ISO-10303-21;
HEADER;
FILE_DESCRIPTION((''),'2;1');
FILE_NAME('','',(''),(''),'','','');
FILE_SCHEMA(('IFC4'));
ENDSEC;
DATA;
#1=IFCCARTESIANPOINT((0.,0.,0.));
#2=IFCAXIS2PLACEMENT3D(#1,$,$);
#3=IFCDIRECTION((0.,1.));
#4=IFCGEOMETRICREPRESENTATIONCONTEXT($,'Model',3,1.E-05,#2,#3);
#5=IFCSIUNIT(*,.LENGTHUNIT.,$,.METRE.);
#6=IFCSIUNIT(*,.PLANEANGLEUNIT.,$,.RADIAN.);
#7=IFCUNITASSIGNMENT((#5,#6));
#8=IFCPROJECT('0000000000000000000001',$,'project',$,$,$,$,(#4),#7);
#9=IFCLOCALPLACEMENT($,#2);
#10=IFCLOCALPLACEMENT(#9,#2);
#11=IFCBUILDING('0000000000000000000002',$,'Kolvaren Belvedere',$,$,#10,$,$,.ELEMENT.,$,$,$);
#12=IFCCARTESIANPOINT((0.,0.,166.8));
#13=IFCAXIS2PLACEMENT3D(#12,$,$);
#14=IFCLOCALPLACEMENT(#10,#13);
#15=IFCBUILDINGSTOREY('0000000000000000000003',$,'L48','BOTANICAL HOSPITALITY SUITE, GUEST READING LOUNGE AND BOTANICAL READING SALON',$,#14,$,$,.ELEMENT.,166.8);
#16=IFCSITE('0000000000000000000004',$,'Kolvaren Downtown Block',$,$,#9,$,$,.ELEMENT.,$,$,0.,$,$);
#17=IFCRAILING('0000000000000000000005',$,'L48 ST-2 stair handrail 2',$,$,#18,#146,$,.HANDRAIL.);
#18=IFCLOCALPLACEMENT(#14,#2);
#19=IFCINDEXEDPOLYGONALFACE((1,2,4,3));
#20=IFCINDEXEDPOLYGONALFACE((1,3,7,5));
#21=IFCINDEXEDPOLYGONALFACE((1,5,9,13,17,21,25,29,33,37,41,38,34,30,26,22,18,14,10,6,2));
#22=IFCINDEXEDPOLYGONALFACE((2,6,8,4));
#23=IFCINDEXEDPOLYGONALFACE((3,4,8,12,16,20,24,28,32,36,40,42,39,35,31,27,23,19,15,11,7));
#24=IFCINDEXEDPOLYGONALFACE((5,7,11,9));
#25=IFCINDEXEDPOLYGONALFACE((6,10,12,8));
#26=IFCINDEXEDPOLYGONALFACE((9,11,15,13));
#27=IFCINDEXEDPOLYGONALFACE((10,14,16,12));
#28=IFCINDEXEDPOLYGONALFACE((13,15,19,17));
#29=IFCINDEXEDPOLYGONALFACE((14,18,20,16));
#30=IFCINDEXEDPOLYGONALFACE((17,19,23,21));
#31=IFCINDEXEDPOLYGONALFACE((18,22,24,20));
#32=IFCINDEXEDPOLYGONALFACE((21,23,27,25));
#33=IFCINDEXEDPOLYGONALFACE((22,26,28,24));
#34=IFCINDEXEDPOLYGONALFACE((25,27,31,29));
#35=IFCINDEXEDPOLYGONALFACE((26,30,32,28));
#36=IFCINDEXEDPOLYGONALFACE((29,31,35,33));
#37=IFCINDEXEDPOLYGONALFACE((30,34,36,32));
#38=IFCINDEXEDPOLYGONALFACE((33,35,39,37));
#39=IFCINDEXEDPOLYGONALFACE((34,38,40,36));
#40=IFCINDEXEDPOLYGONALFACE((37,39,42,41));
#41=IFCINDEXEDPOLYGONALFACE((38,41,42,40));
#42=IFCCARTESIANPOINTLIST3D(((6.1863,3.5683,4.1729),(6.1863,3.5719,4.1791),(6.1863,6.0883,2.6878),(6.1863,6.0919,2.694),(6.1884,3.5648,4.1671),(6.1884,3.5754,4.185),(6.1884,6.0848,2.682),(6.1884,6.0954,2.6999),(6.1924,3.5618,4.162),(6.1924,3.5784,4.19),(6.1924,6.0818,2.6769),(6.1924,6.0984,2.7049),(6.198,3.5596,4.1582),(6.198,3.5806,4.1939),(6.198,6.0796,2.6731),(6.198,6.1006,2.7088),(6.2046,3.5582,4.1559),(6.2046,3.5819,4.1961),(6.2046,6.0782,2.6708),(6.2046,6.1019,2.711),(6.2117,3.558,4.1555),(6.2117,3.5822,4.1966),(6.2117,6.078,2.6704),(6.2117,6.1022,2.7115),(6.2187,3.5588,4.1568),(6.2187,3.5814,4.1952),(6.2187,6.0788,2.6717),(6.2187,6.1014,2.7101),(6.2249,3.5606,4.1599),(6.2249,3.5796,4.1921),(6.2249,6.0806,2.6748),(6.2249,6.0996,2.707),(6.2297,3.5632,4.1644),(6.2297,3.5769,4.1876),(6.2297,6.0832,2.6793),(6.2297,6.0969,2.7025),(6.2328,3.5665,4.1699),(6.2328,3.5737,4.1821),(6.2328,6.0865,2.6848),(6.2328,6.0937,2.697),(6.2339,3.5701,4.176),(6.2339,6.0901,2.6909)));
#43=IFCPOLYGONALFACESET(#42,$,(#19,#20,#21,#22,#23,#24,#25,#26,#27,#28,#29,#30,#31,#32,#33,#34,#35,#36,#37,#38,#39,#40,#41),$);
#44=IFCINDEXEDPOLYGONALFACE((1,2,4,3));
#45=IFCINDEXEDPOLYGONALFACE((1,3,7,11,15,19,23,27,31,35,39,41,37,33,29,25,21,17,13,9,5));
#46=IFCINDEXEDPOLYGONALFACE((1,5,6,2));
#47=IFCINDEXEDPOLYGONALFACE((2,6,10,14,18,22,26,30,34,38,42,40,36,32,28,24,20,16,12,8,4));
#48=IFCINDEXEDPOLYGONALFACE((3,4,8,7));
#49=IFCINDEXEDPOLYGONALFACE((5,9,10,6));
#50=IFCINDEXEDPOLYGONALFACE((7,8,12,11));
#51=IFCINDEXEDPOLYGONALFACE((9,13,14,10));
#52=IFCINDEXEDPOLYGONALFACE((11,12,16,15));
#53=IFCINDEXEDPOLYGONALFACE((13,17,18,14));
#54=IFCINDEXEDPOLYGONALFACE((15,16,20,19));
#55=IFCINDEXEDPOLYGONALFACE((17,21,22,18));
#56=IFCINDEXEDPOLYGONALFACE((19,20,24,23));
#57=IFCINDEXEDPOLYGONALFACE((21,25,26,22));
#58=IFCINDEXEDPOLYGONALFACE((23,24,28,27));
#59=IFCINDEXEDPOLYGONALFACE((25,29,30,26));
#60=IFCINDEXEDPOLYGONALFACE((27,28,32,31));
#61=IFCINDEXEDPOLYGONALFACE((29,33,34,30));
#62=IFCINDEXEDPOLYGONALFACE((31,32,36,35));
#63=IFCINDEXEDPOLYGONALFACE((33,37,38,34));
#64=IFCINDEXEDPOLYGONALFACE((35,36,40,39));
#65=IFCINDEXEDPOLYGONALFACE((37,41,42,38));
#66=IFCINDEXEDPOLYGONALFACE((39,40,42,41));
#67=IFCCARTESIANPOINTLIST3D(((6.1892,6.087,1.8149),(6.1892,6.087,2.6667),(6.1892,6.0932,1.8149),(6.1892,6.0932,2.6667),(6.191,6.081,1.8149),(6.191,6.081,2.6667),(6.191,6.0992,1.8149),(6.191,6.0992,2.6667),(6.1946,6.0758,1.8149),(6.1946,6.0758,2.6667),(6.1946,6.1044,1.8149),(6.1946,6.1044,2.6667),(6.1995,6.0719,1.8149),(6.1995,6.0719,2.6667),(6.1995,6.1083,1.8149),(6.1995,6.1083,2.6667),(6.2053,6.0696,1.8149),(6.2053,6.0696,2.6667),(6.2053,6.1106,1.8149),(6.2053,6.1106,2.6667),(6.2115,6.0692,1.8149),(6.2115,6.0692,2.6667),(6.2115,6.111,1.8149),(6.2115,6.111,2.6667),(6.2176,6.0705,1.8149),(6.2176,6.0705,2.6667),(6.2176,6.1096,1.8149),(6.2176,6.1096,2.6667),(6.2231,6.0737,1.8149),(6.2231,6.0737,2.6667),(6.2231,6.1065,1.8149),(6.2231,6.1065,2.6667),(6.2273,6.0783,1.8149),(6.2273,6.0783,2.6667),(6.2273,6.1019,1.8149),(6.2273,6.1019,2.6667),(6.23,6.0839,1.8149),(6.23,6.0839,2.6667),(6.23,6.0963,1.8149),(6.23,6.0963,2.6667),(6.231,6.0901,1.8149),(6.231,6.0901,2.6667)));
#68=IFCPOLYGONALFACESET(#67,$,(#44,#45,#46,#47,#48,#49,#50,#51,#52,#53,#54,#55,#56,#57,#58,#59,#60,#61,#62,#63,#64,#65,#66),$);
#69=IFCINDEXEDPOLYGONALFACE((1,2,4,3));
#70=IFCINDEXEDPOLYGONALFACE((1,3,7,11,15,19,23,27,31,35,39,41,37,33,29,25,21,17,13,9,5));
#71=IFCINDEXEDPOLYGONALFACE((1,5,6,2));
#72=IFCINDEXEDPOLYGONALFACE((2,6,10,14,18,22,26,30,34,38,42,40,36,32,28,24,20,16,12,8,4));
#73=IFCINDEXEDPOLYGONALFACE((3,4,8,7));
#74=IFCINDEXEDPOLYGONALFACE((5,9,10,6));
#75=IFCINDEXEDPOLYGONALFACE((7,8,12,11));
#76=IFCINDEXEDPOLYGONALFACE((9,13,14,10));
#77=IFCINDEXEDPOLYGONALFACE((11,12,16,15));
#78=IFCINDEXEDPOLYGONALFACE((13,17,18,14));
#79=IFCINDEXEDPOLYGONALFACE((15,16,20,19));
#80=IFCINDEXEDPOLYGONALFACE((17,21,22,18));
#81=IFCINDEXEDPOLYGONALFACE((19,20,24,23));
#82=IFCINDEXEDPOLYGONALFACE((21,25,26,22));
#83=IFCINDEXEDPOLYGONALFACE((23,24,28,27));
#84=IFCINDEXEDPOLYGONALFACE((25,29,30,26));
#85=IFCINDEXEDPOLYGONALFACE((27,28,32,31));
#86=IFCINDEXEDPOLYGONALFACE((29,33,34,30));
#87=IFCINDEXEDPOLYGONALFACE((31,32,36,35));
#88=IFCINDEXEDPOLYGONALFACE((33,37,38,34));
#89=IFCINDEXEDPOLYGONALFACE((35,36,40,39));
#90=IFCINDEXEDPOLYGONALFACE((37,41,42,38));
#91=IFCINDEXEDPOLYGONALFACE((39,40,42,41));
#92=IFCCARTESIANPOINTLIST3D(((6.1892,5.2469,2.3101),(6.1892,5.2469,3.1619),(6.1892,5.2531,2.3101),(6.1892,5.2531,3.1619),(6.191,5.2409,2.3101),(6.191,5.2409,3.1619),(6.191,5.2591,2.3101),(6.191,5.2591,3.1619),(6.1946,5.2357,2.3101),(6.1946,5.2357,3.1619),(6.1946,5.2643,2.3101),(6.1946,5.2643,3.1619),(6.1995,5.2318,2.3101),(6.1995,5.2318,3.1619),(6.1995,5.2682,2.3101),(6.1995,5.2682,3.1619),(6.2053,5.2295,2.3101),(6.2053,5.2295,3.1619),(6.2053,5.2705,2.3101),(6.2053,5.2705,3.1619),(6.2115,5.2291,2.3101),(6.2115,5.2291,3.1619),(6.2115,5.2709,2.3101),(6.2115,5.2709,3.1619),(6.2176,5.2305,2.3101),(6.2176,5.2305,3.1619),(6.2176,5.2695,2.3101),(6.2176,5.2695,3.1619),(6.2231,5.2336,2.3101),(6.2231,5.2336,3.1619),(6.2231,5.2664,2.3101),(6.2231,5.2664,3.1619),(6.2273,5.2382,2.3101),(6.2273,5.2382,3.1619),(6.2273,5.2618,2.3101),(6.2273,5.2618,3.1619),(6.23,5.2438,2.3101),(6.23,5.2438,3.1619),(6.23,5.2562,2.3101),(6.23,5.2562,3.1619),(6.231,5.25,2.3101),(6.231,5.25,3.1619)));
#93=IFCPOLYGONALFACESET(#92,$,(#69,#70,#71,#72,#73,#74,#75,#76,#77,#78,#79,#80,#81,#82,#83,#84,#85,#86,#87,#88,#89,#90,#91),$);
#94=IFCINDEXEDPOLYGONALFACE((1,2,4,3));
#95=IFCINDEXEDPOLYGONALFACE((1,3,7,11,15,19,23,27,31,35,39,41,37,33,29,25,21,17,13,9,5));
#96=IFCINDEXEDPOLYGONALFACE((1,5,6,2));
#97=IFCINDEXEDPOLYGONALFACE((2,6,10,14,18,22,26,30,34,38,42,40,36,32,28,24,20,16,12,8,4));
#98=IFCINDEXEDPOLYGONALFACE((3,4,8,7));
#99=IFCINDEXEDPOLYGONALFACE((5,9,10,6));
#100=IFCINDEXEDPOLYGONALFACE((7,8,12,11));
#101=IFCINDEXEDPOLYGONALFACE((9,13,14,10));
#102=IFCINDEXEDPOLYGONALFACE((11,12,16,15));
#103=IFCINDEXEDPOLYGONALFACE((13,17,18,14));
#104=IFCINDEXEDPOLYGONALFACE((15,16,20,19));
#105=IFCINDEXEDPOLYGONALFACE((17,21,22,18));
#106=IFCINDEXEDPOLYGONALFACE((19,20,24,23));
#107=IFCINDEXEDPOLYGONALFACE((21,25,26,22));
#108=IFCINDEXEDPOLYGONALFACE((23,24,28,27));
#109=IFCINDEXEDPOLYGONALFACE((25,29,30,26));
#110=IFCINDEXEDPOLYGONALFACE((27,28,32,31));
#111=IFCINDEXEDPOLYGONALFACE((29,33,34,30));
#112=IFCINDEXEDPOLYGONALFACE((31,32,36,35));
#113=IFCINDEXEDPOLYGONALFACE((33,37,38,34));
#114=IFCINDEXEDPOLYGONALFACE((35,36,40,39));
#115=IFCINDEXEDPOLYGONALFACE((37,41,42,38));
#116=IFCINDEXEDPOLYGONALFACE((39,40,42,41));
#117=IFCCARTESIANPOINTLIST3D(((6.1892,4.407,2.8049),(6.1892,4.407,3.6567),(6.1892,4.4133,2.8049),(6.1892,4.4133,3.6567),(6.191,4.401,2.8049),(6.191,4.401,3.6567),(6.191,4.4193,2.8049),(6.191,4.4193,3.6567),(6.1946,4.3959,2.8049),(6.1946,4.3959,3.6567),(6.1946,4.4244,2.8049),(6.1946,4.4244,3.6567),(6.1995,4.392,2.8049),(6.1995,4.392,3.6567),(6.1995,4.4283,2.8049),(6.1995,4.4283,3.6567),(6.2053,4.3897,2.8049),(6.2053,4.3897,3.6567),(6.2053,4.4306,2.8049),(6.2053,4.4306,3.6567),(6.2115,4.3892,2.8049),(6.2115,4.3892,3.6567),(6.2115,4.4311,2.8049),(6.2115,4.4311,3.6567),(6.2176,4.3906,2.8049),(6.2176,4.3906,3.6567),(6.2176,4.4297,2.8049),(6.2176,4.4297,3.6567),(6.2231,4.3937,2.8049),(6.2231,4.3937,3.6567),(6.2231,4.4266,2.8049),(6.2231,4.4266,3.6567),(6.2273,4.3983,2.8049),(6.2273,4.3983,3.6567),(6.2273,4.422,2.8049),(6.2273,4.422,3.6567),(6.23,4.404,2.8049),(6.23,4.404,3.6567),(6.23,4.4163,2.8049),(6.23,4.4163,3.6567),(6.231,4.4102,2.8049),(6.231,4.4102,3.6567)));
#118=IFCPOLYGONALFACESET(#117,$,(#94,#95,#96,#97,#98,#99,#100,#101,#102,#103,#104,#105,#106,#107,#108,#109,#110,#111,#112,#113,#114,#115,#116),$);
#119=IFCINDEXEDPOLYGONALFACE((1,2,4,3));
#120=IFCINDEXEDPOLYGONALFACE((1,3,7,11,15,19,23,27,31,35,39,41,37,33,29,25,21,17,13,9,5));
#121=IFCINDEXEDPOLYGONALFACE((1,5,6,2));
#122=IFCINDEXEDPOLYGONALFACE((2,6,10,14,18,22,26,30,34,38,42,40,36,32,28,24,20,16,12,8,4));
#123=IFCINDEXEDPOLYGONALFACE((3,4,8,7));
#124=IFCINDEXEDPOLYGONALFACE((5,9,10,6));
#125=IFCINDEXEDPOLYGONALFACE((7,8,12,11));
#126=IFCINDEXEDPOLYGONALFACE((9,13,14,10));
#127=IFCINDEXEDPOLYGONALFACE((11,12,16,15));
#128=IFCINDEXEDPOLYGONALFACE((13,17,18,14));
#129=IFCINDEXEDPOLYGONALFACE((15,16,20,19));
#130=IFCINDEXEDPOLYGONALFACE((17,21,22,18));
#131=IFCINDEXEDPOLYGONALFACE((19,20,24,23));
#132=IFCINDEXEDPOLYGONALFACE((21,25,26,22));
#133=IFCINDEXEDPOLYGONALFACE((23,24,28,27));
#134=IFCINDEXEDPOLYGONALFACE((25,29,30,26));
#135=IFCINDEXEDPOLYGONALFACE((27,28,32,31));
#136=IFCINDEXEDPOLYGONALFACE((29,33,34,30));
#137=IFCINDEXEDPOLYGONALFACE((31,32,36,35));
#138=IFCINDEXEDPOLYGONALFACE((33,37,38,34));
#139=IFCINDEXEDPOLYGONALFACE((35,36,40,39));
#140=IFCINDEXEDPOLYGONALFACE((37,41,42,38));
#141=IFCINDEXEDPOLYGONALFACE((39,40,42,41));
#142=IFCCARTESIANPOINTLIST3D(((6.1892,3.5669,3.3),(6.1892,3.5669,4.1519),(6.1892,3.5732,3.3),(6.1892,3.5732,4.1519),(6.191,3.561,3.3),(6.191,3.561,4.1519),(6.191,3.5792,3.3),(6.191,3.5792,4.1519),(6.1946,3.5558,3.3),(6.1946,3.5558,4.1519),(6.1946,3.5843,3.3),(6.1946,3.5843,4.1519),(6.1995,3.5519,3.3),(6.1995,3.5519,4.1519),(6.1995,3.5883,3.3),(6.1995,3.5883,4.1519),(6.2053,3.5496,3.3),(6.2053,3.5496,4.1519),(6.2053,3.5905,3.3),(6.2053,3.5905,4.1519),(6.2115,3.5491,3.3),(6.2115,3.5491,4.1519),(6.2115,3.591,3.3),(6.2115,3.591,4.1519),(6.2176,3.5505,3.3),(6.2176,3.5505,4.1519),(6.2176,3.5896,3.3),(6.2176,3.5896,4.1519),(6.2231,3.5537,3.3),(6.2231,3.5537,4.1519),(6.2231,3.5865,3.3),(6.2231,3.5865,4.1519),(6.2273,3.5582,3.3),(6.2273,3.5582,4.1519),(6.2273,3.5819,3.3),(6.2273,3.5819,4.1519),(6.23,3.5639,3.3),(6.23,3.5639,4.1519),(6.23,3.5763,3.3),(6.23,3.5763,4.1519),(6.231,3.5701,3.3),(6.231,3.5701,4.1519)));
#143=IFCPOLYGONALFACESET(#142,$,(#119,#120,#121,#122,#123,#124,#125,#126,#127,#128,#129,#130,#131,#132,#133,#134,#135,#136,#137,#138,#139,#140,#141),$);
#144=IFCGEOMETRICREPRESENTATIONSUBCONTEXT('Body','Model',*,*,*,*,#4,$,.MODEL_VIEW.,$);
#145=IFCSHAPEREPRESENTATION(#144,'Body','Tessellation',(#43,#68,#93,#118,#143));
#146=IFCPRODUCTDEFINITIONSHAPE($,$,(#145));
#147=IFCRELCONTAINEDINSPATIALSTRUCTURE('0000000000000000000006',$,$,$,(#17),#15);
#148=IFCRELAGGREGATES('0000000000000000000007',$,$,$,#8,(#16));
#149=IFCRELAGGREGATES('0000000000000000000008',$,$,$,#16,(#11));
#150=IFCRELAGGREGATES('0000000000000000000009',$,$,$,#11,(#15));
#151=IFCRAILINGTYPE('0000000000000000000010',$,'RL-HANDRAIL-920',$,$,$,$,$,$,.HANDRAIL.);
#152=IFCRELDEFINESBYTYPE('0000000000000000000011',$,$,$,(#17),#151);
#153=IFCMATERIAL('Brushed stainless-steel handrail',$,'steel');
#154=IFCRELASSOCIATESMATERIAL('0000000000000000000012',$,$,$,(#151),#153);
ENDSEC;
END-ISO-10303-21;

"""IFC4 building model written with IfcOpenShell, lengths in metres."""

from ifc_helpers import new_model, si_unit, direction, frame, origin, origin_2d, place, context, subcontext, project, spatial, circle, extrude, material, type_object, element, save


model = new_model("IFC4")

# Units and contexts
model_context = context("Model", 3, precision=1e-05, world=origin(), true_north=direction((0.0, 1.0)))
body_context = subcontext(model_context, "Body", "Model", "MODEL_VIEW")
ifc_project = project(units=[si_unit("LENGTHUNIT", "METRE"), si_unit("PLANEANGLEUNIT", "RADIAN")], contexts=[model_context])

# Site, building, storey
site_placement = place(None, origin())
site = spatial("IfcSite", under=ifc_project, at=site_placement, Name="Kolvaren Downtown Block", CompositionType="ELEMENT", RefElevation=0.0)
building_placement = place(site_placement, origin())
building = spatial("IfcBuilding", under=site, at=building_placement, Name="Kolvaren Belvedere", CompositionType="ELEMENT")
storey_placement = place(building_placement, frame((0.0, 0.0, 166.8)))
storey = spatial("IfcBuildingStorey", under=building, at=storey_placement, Name="L48", Description="BOTANICAL HOSPITALITY SUITE, GUEST READING LOUNGE AND BOTANICAL READING SALON", CompositionType="ELEMENT", Elevation=166.8)

# Railing
ifc_material_1 = material(Name="Brushed stainless-steel handrail", Category="steel")
railing_type_1 = type_object("IfcRailingType", Name="RL-HANDRAIL-920", PredefinedType="HANDRAIL", material=ifc_material_1)
railing_1_placement = place(storey_placement, frame((6.21, 6.0901, 1.8149)))
element("IfcRailing", 1, at=railing_1_placement, inside=storey, type_object=railing_type_1, Name="L48 ST-2 stair handrail 2", PredefinedType="HANDRAIL", context=body_context, shape_type="SweptSolid", body=[
    extrude(circle(Radius=0.0239, at=origin_2d()), frame((0.0, 0.0, 0.876), z_axis=(0.0, -0.861524, 0.507717), x_axis=(1.0, 0.0, 0.0)), (0.0, 0.0, 1.0), 2.925),
    extrude(circle(Radius=0.021, at=origin_2d()), origin(), (0.0, 0.0, 1.0), 0.8518),
    extrude(circle(Radius=0.021, at=origin_2d()), frame((0.0, -0.8401, 0.4951)), (0.0, 0.0, 1.0), 0.8518),
    extrude(circle(Radius=0.021, at=origin_2d()), frame((0.0, -1.6799, 0.99)), (0.0, 0.0, 1.0), 0.8518),
    extrude(circle(Radius=0.021, at=origin_2d()), frame((0.0, -2.52, 1.4851)), (0.0, 0.0, 1.0), 0.8518),
])

save(model, "model.ifc")
